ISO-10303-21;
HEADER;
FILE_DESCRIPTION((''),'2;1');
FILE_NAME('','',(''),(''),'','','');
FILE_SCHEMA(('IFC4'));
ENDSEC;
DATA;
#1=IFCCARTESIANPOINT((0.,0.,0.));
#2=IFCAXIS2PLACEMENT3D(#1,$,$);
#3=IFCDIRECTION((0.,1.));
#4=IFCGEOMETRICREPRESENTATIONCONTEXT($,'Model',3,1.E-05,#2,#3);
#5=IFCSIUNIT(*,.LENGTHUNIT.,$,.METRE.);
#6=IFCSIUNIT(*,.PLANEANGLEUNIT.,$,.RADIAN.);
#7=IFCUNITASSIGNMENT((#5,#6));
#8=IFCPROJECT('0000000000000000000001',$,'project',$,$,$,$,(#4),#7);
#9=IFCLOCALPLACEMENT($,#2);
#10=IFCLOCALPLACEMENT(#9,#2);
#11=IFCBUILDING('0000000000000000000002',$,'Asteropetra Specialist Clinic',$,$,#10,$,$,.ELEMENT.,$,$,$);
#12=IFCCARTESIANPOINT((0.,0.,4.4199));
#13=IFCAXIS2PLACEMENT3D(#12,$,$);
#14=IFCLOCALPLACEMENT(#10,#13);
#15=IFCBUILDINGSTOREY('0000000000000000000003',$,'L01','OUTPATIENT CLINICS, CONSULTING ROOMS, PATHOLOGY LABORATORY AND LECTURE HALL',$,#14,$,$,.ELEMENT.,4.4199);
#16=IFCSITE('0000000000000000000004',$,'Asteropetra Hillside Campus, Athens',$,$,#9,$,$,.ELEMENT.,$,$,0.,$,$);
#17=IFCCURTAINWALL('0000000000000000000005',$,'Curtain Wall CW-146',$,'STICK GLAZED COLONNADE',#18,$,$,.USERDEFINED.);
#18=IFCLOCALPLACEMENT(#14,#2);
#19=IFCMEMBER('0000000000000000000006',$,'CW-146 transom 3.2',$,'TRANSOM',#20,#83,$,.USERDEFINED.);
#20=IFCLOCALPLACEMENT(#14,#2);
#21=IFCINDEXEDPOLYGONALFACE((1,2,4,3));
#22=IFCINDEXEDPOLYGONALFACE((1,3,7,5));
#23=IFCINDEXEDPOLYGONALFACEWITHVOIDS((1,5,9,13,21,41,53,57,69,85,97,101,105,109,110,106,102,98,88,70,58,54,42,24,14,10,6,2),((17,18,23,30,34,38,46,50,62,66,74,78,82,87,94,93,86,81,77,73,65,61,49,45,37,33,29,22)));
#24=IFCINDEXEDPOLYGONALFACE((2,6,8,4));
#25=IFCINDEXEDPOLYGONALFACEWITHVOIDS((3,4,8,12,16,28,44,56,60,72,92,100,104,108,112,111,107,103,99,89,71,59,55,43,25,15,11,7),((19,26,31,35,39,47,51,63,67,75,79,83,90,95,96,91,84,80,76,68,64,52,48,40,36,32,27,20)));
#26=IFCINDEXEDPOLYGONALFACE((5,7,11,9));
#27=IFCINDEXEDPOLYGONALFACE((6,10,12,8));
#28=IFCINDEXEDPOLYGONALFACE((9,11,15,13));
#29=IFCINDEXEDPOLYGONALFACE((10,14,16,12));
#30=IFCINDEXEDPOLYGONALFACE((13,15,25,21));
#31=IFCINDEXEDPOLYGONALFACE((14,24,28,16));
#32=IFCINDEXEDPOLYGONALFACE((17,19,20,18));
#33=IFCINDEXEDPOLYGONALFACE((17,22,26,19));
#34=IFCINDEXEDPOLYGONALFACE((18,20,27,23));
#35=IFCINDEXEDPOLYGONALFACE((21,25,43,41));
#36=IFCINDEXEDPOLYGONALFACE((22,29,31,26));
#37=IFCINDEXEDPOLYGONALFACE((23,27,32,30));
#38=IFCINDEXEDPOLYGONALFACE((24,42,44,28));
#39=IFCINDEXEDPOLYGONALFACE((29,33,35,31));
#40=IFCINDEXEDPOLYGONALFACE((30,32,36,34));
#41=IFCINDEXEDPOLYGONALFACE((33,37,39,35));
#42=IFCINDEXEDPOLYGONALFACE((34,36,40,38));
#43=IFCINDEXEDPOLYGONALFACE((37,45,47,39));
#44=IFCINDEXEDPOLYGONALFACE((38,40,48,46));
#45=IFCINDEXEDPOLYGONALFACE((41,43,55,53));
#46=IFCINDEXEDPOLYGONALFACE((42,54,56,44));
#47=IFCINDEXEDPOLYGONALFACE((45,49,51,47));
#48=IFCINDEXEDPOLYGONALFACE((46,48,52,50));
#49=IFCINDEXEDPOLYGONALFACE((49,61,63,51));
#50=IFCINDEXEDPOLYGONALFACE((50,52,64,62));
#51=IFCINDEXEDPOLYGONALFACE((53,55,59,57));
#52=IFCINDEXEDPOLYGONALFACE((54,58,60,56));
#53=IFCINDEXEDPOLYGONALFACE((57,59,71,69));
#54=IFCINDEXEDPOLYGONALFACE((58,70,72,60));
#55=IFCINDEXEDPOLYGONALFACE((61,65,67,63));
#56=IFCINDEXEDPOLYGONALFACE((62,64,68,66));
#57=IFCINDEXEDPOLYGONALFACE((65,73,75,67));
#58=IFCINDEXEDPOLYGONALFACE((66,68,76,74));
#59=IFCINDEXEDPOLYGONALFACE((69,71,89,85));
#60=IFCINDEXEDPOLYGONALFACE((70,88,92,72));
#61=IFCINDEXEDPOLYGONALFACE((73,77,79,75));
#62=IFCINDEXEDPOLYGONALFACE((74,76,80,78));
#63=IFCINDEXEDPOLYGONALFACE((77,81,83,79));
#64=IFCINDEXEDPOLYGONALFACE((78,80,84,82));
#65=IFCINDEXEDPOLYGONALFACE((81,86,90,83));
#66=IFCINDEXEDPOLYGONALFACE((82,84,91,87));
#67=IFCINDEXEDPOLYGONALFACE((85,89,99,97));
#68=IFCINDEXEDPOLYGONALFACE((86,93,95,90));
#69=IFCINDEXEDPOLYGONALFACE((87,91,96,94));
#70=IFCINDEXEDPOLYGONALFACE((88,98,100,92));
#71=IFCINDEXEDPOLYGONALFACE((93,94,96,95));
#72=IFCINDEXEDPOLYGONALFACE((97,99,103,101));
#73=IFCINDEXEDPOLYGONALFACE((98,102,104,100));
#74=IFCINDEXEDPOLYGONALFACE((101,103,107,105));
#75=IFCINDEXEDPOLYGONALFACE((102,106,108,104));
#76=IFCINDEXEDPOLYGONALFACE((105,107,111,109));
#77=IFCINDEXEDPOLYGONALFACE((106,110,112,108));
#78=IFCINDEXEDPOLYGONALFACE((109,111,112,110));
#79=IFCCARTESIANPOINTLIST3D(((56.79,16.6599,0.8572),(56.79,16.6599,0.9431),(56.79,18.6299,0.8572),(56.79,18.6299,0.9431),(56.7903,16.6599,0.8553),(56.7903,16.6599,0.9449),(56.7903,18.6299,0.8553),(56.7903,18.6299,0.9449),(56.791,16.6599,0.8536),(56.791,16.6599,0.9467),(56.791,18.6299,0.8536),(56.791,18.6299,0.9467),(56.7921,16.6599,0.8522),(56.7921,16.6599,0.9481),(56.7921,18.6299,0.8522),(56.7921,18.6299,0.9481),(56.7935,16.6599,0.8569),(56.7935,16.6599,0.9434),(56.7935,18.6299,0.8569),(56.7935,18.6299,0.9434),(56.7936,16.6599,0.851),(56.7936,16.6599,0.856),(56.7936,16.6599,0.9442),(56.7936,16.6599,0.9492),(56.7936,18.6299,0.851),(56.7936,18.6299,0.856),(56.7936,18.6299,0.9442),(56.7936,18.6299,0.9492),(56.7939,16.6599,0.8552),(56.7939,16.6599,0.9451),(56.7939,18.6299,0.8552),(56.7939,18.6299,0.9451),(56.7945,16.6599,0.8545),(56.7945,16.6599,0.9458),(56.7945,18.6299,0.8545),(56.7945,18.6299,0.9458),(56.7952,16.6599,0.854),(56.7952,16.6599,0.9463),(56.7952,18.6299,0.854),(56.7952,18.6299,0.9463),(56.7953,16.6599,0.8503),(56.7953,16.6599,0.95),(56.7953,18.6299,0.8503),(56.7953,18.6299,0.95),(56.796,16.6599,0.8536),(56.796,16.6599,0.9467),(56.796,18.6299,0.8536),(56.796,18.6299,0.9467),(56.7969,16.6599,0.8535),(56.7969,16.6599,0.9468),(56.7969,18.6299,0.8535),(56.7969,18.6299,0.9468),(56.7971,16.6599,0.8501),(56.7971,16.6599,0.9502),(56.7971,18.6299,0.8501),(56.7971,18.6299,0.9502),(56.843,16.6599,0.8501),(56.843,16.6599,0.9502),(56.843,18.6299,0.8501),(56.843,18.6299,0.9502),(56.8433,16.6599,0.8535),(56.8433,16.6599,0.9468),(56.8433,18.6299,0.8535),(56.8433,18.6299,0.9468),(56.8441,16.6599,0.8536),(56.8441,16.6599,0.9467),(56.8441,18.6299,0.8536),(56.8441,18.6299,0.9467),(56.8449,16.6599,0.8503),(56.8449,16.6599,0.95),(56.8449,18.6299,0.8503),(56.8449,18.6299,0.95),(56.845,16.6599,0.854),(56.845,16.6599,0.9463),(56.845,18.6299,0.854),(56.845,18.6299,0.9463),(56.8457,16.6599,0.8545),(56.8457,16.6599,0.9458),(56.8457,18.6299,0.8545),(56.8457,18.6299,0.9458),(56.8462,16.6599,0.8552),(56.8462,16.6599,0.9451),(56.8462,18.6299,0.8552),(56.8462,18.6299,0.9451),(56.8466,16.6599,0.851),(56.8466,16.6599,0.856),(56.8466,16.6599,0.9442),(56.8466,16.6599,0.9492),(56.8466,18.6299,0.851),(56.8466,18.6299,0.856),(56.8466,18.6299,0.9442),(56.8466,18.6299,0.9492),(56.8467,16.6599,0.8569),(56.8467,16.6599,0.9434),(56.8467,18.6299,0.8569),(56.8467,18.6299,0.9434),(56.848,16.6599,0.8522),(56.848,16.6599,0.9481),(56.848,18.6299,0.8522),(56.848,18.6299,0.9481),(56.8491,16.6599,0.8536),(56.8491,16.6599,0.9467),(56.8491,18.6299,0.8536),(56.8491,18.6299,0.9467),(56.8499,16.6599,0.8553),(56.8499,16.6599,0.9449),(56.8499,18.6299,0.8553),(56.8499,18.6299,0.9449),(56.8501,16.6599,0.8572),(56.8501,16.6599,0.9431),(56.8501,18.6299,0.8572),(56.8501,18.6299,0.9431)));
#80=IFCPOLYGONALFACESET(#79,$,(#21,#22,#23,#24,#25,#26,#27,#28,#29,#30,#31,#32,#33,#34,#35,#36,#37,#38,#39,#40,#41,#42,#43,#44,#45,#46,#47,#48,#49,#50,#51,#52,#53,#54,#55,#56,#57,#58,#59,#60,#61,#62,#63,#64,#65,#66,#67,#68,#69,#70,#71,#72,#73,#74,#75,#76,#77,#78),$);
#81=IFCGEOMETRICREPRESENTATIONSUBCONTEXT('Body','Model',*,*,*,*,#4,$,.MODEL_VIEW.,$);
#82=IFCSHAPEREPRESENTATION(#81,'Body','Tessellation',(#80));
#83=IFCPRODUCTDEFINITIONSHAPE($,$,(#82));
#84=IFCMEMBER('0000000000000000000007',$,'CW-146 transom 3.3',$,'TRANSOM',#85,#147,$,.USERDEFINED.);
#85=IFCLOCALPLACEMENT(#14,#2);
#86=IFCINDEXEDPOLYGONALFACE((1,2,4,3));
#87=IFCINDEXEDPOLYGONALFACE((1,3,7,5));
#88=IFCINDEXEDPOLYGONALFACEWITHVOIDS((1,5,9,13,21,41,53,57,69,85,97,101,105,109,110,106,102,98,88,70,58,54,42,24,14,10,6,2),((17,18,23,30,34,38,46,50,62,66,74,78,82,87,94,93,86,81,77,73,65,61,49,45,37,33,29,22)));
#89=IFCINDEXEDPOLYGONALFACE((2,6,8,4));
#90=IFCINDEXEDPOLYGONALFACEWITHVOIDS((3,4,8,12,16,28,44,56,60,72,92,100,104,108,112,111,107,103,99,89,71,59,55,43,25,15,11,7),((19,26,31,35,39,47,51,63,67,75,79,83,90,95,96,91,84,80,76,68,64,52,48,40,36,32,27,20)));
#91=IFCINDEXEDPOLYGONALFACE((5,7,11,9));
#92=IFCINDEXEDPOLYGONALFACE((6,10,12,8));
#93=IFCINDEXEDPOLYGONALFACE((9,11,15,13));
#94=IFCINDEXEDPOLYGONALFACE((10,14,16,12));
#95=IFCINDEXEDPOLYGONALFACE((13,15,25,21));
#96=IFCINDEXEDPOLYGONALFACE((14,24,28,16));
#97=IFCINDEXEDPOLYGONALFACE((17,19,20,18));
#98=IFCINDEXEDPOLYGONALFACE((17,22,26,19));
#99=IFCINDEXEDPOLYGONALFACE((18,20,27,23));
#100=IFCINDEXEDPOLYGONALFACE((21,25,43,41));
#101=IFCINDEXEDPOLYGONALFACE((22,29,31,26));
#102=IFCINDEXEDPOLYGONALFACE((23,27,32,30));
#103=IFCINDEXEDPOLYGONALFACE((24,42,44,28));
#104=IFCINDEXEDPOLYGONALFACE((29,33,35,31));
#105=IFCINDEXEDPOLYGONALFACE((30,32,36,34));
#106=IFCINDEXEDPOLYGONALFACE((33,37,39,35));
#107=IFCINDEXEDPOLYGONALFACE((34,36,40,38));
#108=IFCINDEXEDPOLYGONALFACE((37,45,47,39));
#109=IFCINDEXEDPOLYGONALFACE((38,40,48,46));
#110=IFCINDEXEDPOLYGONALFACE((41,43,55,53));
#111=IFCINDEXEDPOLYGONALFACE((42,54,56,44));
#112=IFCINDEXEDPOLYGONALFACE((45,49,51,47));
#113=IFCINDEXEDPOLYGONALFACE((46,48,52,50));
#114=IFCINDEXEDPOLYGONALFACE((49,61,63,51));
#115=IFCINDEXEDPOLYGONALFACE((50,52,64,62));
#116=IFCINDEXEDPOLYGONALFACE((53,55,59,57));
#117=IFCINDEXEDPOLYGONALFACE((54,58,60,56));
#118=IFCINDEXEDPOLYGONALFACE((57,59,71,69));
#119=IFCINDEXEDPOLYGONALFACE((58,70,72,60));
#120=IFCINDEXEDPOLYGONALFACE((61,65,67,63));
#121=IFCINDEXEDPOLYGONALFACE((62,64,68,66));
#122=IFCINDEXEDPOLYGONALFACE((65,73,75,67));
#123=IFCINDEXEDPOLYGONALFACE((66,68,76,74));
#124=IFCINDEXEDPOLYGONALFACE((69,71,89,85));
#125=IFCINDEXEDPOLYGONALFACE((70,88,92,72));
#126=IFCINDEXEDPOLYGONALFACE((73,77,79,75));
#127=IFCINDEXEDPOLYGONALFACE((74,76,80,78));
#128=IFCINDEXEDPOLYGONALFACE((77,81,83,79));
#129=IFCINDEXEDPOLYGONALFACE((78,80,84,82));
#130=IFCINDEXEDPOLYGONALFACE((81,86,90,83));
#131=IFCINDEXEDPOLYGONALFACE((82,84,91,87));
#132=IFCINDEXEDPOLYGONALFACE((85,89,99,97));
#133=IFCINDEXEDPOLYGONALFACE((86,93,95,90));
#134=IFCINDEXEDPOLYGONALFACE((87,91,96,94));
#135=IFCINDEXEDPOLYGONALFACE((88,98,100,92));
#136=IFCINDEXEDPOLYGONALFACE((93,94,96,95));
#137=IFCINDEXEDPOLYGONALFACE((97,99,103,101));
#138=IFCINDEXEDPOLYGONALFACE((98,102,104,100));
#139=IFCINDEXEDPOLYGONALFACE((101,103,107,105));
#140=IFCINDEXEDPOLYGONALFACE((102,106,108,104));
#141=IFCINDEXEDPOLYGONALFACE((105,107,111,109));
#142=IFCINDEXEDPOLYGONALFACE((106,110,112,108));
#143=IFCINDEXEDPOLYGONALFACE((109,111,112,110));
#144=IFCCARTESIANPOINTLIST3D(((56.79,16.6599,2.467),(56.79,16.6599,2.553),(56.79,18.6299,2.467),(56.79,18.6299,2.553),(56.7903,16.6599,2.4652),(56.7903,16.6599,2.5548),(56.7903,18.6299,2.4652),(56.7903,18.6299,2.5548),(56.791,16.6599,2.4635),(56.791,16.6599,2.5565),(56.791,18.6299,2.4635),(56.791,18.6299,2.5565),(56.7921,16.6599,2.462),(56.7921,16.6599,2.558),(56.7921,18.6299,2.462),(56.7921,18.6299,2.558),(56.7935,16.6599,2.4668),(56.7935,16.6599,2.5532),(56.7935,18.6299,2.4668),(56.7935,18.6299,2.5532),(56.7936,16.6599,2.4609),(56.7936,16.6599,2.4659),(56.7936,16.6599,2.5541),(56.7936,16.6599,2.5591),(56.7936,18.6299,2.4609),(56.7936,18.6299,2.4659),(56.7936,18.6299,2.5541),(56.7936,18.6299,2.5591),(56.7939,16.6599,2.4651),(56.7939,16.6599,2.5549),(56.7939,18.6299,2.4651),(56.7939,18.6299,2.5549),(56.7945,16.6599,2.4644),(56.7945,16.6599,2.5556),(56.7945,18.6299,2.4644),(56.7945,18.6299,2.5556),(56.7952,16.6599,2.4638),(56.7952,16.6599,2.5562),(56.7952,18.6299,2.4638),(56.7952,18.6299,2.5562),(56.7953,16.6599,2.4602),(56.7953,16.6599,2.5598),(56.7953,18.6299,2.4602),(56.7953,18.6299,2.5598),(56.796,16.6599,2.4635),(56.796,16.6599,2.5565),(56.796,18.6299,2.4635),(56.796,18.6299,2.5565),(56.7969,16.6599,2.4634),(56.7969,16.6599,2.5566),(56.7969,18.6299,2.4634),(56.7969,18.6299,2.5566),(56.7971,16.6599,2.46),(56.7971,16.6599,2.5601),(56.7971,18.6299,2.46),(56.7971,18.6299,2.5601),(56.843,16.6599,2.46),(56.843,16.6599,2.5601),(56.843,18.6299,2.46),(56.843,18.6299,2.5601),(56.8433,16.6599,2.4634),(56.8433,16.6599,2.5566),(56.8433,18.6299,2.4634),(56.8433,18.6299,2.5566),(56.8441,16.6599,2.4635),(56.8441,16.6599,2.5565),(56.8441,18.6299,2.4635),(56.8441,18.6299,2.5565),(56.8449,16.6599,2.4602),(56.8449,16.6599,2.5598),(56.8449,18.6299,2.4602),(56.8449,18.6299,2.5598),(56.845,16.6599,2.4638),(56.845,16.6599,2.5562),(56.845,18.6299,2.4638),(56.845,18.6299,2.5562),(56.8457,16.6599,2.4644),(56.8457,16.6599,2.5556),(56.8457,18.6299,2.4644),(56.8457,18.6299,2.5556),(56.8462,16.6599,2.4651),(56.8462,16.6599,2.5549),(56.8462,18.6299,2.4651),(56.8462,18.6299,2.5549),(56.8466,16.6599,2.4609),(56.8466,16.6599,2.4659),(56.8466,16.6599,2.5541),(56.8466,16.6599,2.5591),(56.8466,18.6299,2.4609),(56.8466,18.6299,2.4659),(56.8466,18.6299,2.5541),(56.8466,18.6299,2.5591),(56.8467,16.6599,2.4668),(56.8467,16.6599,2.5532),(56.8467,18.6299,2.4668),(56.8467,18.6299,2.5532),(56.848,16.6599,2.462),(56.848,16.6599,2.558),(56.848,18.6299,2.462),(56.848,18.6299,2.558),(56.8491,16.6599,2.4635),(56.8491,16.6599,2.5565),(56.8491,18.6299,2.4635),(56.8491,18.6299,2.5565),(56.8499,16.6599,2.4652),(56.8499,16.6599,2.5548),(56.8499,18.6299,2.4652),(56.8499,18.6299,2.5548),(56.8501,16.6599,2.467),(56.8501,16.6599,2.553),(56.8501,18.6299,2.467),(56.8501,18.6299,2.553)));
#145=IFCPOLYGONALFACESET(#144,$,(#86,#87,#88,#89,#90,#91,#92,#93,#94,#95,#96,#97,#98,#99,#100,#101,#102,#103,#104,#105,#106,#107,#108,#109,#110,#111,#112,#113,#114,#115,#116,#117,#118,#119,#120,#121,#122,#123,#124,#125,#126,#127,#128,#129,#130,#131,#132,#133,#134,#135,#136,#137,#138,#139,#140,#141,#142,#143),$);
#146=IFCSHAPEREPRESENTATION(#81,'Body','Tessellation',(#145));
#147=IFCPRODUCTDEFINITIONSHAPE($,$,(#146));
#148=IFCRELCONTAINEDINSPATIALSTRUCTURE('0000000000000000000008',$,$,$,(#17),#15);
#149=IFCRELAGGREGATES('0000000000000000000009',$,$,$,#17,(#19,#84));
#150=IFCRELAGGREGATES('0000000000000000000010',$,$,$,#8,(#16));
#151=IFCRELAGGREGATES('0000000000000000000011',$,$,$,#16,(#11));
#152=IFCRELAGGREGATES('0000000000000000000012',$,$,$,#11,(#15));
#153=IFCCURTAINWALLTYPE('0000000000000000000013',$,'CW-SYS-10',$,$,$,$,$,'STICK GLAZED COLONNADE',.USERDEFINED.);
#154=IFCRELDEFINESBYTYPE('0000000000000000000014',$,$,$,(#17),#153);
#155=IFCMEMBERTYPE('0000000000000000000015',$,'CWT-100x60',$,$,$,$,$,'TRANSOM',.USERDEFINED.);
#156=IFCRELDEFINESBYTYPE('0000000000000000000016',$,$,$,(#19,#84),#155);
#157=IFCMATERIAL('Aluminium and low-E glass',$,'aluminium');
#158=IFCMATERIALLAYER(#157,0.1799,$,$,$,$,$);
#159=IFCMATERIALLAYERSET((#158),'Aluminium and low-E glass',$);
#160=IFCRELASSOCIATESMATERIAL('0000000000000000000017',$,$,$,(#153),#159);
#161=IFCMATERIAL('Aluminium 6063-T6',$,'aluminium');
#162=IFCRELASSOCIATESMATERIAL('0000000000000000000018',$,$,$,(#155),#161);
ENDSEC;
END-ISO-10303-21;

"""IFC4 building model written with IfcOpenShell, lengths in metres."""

from ifc_helpers import new_model, si_unit, direction, frame, origin, origin_2d, place, context, subcontext, project, spatial, hollow_rectangle, extrude, material, layer, layer_set, material_profile, profile_set, type_object, element, aggregate, save


model = new_model("IFC4")

# Units and contexts
model_context = context("Model", 3, precision=1e-05, world=origin(), true_north=direction((0.0, 1.0)))
body_context = subcontext(model_context, "Body", "Model", "MODEL_VIEW")
ifc_project = project(units=[si_unit("LENGTHUNIT", "METRE"), si_unit("PLANEANGLEUNIT", "RADIAN")], contexts=[model_context])

# Site, building, storey
site_placement = place(None, origin())
site = spatial("IfcSite", under=ifc_project, at=site_placement, Name="Asteropetra Hillside Campus, Athens", CompositionType="ELEMENT", RefElevation=0.0)
building_placement = place(site_placement, origin())
building = spatial("IfcBuilding", under=site, at=building_placement, Name="Asteropetra Specialist Clinic", CompositionType="ELEMENT")
storey_placement = place(building_placement, frame((0.0, 0.0, 4.4199)))
storey = spatial("IfcBuildingStorey", under=building, at=storey_placement, Name="L01", Description="OUTPATIENT CLINICS, CONSULTING ROOMS, PATHOLOGY LABORATORY AND LECTURE HALL", CompositionType="ELEMENT", Elevation=4.4199)

# Curtain wall, members
ifc_material_1 = material(Name="Aluminium and low-E glass", Category="aluminium")
ifc_layer_1 = layer(ifc_material_1, 0.1799)
ifc_layer_set_1 = layer_set([ifc_layer_1], Name="Aluminium and low-E glass")
curtain_wall_type = type_object("IfcCurtainWallType", Name="CW-SYS-10", ElementType="STICK GLAZED COLONNADE", PredefinedType="USERDEFINED", material=ifc_layer_set_1)
curtain_wall_placement = place(storey_placement, origin())
curtain_wall = element("IfcCurtainWall", 1, at=curtain_wall_placement, inside=storey, type_object=curtain_wall_type, Name="Curtain Wall CW-146", ObjectType="STICK GLAZED COLONNADE", PredefinedType="USERDEFINED")
ifc_material_2 = material(Name="Aluminium 6063-T6", Category="aluminium")
ifc_material_profile_1 = material_profile(ifc_material_2, hollow_rectangle(XDim=0.0601, YDim=0.1001, WallThickness=0.0034, InnerFilletRadius=0.0034, OuterFilletRadius=0.0071, at=origin_2d()), Name="TRN 100x60x3.5")
ifc_profile_set_1 = profile_set([ifc_material_profile_1], Name="Aluminium 6063-T6")
member_type_1 = type_object("IfcMemberType", Name="CWT-100x60", ElementType="TRANSOM", PredefinedType="USERDEFINED", material=ifc_profile_set_1)
member_1_placement = place(storey_placement, frame((56.8201, 16.6599, 0.9001), z_axis=(0.0, 1.0, 0.0), x_axis=(-1.0, 0.0, 0.0)))
member_1 = element("IfcMember", 2, at=member_1_placement, type_object=member_type_1, Name="CW-146 transom 3.2", ObjectType="TRANSOM", PredefinedType="USERDEFINED", context=body_context, shape_type="SweptSolid", body=[
    extrude(hollow_rectangle(XDim=0.0601, YDim=0.1001, WallThickness=0.0034, InnerFilletRadius=0.0034, OuterFilletRadius=0.0071, at=origin_2d()), origin(), (0.0, 0.0, 1.0), 1.97),
])
member_2_placement = place(storey_placement, frame((56.8201, 16.6599, 2.51), z_axis=(0.0, 1.0, 0.0), x_axis=(-1.0, 0.0, 0.0)))
member_2 = element("IfcMember", 3, at=member_2_placement, type_object=member_type_1, Name="CW-146 transom 3.3", ObjectType="TRANSOM", PredefinedType="USERDEFINED", context=body_context, shape_type="SweptSolid", body=[
    extrude(hollow_rectangle(XDim=0.0601, YDim=0.1001, WallThickness=0.0034, InnerFilletRadius=0.0034, OuterFilletRadius=0.0071, at=origin_2d()), origin(), (0.0, 0.0, 1.0), 1.97),
])

aggregate(curtain_wall, [member_1, member_2])

save(model, "model.ifc")
